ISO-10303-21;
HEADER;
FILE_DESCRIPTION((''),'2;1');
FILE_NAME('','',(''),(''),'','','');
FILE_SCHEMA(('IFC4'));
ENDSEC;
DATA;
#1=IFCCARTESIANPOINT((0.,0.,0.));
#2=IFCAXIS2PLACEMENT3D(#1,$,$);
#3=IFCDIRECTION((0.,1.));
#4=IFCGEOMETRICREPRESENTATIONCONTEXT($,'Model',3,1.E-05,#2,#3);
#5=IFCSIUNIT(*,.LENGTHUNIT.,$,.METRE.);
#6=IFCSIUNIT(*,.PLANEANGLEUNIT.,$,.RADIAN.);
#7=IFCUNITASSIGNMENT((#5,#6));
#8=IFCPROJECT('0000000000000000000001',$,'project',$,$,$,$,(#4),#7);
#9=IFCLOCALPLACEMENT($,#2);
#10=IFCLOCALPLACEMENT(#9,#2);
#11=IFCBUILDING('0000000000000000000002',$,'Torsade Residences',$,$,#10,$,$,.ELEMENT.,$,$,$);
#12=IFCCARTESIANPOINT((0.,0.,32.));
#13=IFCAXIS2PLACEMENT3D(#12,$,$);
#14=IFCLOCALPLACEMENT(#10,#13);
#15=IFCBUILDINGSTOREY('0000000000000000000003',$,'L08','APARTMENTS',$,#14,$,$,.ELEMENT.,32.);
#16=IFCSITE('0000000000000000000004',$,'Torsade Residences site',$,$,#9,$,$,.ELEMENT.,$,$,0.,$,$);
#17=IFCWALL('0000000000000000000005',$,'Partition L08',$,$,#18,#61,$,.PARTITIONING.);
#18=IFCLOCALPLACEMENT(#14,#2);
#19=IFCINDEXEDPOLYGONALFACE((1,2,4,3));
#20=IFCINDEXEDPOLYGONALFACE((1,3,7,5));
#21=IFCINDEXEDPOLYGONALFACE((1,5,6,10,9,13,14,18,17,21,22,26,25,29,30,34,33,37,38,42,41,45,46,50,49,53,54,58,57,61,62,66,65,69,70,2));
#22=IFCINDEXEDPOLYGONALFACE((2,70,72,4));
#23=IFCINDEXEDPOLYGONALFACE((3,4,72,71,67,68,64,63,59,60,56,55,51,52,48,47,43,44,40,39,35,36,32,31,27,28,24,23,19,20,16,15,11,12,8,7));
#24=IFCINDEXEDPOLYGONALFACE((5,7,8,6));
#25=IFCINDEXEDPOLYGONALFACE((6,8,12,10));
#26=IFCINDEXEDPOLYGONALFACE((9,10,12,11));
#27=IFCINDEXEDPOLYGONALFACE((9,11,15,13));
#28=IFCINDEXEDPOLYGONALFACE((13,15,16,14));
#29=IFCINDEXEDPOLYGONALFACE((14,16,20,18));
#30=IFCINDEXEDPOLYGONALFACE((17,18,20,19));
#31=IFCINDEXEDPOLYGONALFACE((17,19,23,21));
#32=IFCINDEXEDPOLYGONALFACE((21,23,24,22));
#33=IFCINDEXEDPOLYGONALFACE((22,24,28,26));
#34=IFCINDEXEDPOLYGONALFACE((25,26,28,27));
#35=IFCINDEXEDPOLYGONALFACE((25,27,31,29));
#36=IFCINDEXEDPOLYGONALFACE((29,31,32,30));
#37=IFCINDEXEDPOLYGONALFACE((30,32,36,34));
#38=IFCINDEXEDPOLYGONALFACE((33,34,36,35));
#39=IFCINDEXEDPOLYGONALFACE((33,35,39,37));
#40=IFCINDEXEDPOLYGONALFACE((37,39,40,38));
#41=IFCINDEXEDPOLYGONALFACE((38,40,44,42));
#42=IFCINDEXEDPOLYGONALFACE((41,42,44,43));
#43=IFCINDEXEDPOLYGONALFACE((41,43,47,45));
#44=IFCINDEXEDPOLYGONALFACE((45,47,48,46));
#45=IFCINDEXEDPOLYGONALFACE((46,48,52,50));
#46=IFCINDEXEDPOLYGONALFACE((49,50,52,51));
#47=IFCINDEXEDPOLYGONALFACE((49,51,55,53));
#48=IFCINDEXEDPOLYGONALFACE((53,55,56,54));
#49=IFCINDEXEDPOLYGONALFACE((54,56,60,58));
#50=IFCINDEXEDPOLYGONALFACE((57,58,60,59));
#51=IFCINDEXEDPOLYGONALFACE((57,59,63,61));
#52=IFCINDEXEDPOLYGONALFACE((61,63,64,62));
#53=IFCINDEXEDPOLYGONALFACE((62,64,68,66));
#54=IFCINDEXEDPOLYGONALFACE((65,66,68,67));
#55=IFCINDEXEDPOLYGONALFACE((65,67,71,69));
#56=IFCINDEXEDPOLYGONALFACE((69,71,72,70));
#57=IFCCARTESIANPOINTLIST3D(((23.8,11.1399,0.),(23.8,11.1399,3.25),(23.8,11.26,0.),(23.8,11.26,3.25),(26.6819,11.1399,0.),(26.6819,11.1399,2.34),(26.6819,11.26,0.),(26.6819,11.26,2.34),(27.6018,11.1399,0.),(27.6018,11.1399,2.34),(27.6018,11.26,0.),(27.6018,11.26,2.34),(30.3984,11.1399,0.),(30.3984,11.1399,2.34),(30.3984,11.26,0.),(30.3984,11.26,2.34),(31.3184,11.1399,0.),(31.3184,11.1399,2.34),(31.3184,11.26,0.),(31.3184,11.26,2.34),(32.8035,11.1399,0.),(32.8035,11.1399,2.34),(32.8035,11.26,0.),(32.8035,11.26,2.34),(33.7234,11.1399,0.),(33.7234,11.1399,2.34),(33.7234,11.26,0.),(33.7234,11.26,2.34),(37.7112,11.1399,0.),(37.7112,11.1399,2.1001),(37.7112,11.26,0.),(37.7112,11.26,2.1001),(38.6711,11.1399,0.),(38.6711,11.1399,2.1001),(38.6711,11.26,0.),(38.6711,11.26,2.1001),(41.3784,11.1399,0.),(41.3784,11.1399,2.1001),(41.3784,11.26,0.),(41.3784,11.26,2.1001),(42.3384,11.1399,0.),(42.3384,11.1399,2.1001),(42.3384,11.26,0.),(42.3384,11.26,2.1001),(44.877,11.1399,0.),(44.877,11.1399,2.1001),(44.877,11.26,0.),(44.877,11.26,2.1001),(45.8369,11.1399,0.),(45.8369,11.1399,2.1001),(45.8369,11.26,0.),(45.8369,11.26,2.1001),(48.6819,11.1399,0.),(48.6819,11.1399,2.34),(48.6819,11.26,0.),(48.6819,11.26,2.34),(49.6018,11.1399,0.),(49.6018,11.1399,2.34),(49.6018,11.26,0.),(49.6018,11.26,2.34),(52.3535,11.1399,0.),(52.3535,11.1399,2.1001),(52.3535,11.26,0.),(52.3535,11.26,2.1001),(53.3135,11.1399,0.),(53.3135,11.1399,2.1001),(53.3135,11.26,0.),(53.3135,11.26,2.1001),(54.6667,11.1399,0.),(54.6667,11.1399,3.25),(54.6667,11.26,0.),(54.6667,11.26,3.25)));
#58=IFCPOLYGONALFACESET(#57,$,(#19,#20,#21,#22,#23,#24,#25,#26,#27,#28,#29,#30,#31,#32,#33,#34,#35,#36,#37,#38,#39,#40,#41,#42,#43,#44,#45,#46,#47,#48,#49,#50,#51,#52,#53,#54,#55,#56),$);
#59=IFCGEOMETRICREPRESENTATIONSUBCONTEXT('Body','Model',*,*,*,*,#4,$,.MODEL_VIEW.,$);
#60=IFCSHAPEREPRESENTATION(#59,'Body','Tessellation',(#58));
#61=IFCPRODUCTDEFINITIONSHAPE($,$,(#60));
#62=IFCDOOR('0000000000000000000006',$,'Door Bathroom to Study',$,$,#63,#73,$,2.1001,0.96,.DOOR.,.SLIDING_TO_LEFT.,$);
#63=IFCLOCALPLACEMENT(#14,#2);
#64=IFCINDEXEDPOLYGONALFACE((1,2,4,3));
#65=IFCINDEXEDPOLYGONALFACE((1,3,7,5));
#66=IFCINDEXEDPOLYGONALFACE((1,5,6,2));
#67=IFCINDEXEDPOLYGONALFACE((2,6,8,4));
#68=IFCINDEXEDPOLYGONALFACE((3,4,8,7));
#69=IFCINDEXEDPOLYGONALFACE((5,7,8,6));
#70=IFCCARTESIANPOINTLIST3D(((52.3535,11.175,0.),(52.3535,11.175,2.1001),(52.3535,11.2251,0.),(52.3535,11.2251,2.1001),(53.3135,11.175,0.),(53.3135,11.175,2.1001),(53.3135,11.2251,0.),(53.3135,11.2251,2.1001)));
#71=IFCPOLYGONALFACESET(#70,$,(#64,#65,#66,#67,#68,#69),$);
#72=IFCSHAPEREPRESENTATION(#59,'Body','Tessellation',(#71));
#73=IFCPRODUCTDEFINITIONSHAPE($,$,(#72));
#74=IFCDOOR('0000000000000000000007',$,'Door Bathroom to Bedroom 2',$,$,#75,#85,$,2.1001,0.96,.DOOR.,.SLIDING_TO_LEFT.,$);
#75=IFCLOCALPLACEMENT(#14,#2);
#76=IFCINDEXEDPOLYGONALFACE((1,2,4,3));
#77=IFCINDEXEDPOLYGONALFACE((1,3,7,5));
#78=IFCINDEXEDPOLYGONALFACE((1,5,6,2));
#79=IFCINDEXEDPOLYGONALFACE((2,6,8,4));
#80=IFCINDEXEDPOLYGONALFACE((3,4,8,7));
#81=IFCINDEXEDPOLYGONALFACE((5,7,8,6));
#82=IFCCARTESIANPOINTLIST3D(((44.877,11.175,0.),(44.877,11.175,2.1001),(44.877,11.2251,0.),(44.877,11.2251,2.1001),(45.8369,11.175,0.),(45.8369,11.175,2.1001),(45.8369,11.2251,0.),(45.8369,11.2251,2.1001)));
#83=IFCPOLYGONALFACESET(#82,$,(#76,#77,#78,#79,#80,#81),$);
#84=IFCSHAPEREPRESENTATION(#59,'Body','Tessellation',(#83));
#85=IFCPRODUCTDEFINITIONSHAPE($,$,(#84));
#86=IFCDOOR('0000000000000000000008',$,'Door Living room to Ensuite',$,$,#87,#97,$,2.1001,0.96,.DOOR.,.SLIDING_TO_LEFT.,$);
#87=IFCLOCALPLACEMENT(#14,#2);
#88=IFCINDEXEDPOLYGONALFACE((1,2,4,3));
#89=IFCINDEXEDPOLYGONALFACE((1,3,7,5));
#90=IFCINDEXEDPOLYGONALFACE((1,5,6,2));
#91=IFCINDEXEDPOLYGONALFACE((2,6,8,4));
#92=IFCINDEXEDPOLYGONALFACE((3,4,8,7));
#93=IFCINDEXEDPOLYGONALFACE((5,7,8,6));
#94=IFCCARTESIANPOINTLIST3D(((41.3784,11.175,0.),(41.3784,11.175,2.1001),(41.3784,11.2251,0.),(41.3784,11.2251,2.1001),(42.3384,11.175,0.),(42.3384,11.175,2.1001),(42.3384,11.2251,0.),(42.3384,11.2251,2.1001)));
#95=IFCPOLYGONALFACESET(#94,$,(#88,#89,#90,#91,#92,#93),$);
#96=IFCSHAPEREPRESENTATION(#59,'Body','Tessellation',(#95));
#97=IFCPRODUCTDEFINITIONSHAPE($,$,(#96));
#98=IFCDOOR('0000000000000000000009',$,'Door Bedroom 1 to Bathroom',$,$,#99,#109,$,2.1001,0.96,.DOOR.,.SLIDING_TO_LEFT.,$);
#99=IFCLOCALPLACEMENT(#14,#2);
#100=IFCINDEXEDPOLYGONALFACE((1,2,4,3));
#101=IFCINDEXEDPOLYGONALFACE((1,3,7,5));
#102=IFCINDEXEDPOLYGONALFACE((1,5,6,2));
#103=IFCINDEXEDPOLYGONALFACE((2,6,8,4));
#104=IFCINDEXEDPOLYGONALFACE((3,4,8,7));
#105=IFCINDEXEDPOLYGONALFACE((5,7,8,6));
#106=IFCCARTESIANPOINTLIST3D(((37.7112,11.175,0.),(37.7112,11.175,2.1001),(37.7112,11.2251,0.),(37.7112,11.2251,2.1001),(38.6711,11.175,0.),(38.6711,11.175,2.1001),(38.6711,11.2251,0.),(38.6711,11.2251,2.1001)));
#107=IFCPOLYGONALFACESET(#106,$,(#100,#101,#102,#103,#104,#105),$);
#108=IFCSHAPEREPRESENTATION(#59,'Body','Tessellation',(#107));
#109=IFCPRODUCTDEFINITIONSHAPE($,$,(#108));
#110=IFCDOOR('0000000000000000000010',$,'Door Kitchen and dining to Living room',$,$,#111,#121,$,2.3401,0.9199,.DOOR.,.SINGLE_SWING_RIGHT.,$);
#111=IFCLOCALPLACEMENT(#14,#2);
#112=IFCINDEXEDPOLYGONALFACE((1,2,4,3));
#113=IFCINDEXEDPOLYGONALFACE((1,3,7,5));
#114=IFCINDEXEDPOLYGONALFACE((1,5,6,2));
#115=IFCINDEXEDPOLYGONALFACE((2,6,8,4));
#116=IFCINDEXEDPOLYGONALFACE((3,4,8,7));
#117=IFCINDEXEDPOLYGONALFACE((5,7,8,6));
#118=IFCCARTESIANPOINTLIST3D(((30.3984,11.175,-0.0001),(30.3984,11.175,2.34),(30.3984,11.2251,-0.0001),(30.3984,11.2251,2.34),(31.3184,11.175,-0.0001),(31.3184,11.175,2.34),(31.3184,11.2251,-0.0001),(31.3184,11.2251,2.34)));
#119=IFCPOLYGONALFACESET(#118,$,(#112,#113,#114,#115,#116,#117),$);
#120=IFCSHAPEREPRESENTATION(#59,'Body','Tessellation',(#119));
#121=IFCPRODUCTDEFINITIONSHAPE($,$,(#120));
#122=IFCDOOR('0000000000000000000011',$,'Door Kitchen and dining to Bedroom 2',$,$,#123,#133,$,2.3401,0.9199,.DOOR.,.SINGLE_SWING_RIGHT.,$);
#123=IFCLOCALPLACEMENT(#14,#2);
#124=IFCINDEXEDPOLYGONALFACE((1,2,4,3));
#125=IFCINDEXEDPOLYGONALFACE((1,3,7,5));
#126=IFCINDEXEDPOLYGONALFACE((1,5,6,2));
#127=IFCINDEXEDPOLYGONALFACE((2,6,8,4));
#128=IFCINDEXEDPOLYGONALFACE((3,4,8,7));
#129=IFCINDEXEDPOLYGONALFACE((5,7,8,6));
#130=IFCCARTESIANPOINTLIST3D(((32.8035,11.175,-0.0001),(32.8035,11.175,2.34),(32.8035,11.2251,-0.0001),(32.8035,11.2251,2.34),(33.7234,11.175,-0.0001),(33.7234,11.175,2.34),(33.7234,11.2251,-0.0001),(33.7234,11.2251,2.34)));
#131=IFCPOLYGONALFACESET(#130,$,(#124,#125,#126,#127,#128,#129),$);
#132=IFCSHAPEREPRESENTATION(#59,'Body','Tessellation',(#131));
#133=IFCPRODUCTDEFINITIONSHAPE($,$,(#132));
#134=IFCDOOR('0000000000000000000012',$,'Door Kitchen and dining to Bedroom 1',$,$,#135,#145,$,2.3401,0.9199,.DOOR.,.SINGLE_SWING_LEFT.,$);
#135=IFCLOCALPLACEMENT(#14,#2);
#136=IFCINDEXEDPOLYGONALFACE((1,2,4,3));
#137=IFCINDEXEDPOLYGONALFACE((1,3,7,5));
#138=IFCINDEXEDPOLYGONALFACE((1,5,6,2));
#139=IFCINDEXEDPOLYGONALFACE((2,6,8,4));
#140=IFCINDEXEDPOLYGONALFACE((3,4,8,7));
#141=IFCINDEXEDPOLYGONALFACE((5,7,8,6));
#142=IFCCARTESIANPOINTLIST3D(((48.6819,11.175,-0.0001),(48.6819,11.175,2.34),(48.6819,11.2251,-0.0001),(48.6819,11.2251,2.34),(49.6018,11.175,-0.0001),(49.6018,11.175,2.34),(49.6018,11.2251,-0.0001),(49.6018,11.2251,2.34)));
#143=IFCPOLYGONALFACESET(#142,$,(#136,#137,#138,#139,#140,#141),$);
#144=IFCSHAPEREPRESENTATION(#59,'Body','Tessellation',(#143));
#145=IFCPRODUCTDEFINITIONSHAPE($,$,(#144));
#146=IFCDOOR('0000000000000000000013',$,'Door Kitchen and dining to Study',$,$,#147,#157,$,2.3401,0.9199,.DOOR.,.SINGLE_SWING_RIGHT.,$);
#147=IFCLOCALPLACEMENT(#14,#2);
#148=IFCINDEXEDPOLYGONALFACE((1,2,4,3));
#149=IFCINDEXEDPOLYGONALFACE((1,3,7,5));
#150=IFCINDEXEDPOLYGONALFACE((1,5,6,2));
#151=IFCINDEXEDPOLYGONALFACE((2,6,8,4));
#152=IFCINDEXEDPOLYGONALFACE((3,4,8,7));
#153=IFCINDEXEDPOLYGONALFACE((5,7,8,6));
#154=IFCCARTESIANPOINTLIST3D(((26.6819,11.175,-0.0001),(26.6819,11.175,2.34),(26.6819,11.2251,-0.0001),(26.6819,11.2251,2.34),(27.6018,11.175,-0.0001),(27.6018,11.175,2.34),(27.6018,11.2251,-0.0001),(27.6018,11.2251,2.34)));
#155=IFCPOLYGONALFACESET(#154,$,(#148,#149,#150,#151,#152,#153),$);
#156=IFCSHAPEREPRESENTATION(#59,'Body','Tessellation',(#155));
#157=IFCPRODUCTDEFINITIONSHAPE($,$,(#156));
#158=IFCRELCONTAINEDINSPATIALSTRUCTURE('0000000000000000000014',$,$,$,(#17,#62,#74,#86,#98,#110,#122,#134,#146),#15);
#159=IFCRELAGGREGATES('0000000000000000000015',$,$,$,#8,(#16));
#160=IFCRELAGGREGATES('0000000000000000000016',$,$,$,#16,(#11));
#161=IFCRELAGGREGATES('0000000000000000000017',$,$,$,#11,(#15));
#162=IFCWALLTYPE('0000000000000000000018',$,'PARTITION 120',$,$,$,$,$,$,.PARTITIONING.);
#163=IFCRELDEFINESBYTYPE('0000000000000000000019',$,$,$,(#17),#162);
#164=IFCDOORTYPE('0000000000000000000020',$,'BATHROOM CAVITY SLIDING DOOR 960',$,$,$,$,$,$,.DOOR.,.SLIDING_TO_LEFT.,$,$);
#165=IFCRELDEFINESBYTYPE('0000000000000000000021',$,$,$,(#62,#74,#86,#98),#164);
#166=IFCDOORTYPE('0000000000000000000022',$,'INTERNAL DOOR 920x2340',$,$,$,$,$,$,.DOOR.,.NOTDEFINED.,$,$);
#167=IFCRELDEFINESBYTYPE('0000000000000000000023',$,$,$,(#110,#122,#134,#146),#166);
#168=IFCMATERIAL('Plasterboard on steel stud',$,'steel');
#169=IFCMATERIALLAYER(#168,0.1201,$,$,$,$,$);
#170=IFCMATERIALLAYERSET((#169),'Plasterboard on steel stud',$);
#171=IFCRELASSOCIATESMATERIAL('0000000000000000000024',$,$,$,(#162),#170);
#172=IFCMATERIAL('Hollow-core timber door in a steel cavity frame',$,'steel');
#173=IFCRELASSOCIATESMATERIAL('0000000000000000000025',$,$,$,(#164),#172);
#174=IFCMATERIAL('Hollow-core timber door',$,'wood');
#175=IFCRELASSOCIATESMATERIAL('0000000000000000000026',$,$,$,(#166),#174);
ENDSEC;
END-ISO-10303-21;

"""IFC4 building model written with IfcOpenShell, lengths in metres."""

from ifc_helpers import new_model, si_unit, direction, frame, frame_2d, origin, place, context, subcontext, project, spatial, rectangle, extrude, material, layer, layer_set, type_object, element, fill, save


model = new_model("IFC4")

# Units and contexts
model_context = context("Model", 3, precision=1e-05, world=origin(), true_north=direction((0.0, 1.0)))
body_context = subcontext(model_context, "Body", "Model", "MODEL_VIEW")
ifc_project = project(units=[si_unit("LENGTHUNIT", "METRE"), si_unit("PLANEANGLEUNIT", "RADIAN")], contexts=[model_context])

# Site, building, storey
site_placement = place(None, origin())
site = spatial("IfcSite", under=ifc_project, at=site_placement, Name="Torsade Residences site", CompositionType="ELEMENT", RefElevation=0.0)
building_placement = place(site_placement, origin())
building = spatial("IfcBuilding", under=site, at=building_placement, Name="Torsade Residences", CompositionType="ELEMENT")
storey_placement = place(building_placement, frame((0.0, 0.0, 32.0)))
storey = spatial("IfcBuildingStorey", under=building, at=storey_placement, Name="L08", Description="APARTMENTS", CompositionType="ELEMENT", Elevation=32.0)

# Wall, openings, doors
ifc_material_1 = material(Name="Plasterboard on steel stud", Category="steel")
ifc_layer_1 = layer(ifc_material_1, 0.1201)
ifc_layer_set_1 = layer_set([ifc_layer_1], Name="Plasterboard on steel stud")
wall_type_1 = type_object("IfcWallType", Name="PARTITION 120", PredefinedType="PARTITIONING", material=ifc_layer_set_1)
wall_1_placement = place(storey_placement, frame((54.6667, 11.2, 0.0), z_axis=(0.0, 0.0, 1.0), x_axis=(-1.0, 0.0, 0.0)))
wall_1 = element("IfcWall", 1, at=wall_1_placement, inside=storey, type_object=wall_type_1, Name="Partition L08", PredefinedType="PARTITIONING", context=body_context, shape_type="SweptSolid", body=[
    extrude(rectangle(XDim=30.8667, YDim=0.1201, at=frame_2d((15.4333, 0.0))), origin(), (0.0, 0.0, 1.0), 3.25),
])
opening_1_placement = place(wall_1_placement, frame((23.3484, 0.0, 0.0)))
opening_1 = element("IfcOpeningElement", 2, at=opening_1_placement, cuts=wall_1, PredefinedType="OPENING", context=body_context, shape_type="SweptSolid", body=[
    extrude(rectangle(XDim=0.9199, YDim=2.3401, at=frame_2d((0.46, 1.1699))), frame((0.0, 0.0701, 0.0), z_axis=(0.0, -1.0, 0.0), x_axis=(1.0, 0.0, 0.0)), (0.0, 0.0, 1.0), 0.1401),
])
opening_2_placement = place(wall_1_placement, frame((20.9434, 0.0, 0.0)))
opening_2 = element("IfcOpeningElement", 3, at=opening_2_placement, cuts=wall_1, PredefinedType="OPENING", context=body_context, shape_type="SweptSolid", body=[
    extrude(rectangle(XDim=0.9199, YDim=2.3401, at=frame_2d((0.46, 1.1699))), frame((0.0, 0.0701, 0.0), z_axis=(0.0, -1.0, 0.0), x_axis=(1.0, 0.0, 0.0)), (0.0, 0.0, 1.0), 0.1401),
])
opening_3_placement = place(wall_1_placement, frame((5.0649, 0.0, 0.0)))
opening_3 = element("IfcOpeningElement", 4, at=opening_3_placement, cuts=wall_1, PredefinedType="OPENING", context=body_context, shape_type="SweptSolid", body=[
    extrude(rectangle(XDim=0.9199, YDim=2.3401, at=frame_2d((0.46, 1.1699))), frame((0.0, 0.0701, 0.0), z_axis=(0.0, -1.0, 0.0), x_axis=(1.0, 0.0, 0.0)), (0.0, 0.0, 1.0), 0.1401),
])
opening_4_placement = place(wall_1_placement, frame((27.0649, 0.0, 0.0)))
opening_4 = element("IfcOpeningElement", 5, at=opening_4_placement, cuts=wall_1, PredefinedType="OPENING", context=body_context, shape_type="SweptSolid", body=[
    extrude(rectangle(XDim=0.9199, YDim=2.3401, at=frame_2d((0.46, 1.1699))), frame((0.0, 0.0701, 0.0), z_axis=(0.0, -1.0, 0.0), x_axis=(1.0, 0.0, 0.0)), (0.0, 0.0, 1.0), 0.1401),
])
opening_5_placement = place(wall_1_placement, frame((1.3533, 0.0, 0.0)))
opening_5 = element("IfcOpeningElement", 6, at=opening_5_placement, cuts=wall_1, PredefinedType="OPENING", context=body_context, shape_type="SweptSolid", body=[
    extrude(rectangle(XDim=0.96, YDim=2.1001, at=frame_2d((0.48, 1.05))), frame((0.0, 0.0701, 0.0), z_axis=(0.0, -1.0, 0.0), x_axis=(1.0, 0.0, 0.0)), (0.0, 0.0, 1.0), 0.1401),
])
opening_6_placement = place(wall_1_placement, frame((8.8298, 0.0, 0.0)))
opening_6 = element("IfcOpeningElement", 7, at=opening_6_placement, cuts=wall_1, PredefinedType="OPENING", context=body_context, shape_type="SweptSolid", body=[
    extrude(rectangle(XDim=0.96, YDim=2.1001, at=frame_2d((0.48, 1.05))), frame((0.0, 0.0701, 0.0), z_axis=(0.0, -1.0, 0.0), x_axis=(1.0, 0.0, 0.0)), (0.0, 0.0, 1.0), 0.1401),
])
opening_7_placement = place(wall_1_placement, frame((12.3284, 0.0, 0.0)))
opening_7 = element("IfcOpeningElement", 8, at=opening_7_placement, cuts=wall_1, PredefinedType="OPENING", context=body_context, shape_type="SweptSolid", body=[
    extrude(rectangle(XDim=0.96, YDim=2.1001, at=frame_2d((0.48, 1.05))), frame((0.0, 0.0701, 0.0), z_axis=(0.0, -1.0, 0.0), x_axis=(1.0, 0.0, 0.0)), (0.0, 0.0, 1.0), 0.1401),
])
opening_8_placement = place(wall_1_placement, frame((15.9956, 0.0, 0.0)))
opening_8 = element("IfcOpeningElement", 9, at=opening_8_placement, cuts=wall_1, PredefinedType="OPENING", context=body_context, shape_type="SweptSolid", body=[
    extrude(rectangle(XDim=0.96, YDim=2.1001, at=frame_2d((0.48, 1.05))), frame((0.0, 0.0701, 0.0), z_axis=(0.0, -1.0, 0.0), x_axis=(1.0, 0.0, 0.0)), (0.0, 0.0, 1.0), 0.1401),
])
ifc_material_2 = material(Name="Hollow-core timber door in a steel cavity frame", Category="steel")
door_type_1 = type_object("IfcDoorType", Name="BATHROOM CAVITY SLIDING DOOR 960", OperationType="SLIDING_TO_LEFT", PredefinedType="DOOR", material=ifc_material_2)
door_1_placement = place(opening_5_placement, origin())
door_1 = element("IfcDoor", 10, at=door_1_placement, inside=storey, type_object=door_type_1, Name="Door Bathroom to Study", OperationType="SLIDING_TO_LEFT", OverallHeight=2.1001, OverallWidth=0.96, PredefinedType="DOOR", context=body_context, shape_type="SweptSolid", body=[
    extrude(rectangle(XDim=0.96, YDim=2.1001, at=frame_2d((0.48, 1.05))), frame((0.0, 0.0249, 0.0), z_axis=(0.0, -1.0, 0.0), x_axis=(1.0, 0.0, 0.0)), (0.0, 0.0, 1.0), 0.05),
])
fill(opening_5, door_1)
door_2_placement = place(opening_6_placement, origin())
door_2 = element("IfcDoor", 11, at=door_2_placement, inside=storey, type_object=door_type_1, Name="Door Bathroom to Bedroom 2", OperationType="SLIDING_TO_LEFT", OverallHeight=2.1001, OverallWidth=0.96, PredefinedType="DOOR", context=body_context, shape_type="SweptSolid", body=[
    extrude(rectangle(XDim=0.96, YDim=2.1001, at=frame_2d((0.48, 1.05))), frame((0.0, 0.0249, 0.0), z_axis=(0.0, -1.0, 0.0), x_axis=(1.0, 0.0, 0.0)), (0.0, 0.0, 1.0), 0.05),
])
fill(opening_6, door_2)
door_3_placement = place(opening_7_placement, origin())
door_3 = element("IfcDoor", 12, at=door_3_placement, inside=storey, type_object=door_type_1, Name="Door Living room to Ensuite", OperationType="SLIDING_TO_LEFT", OverallHeight=2.1001, OverallWidth=0.96, PredefinedType="DOOR", context=body_context, shape_type="SweptSolid", body=[
    extrude(rectangle(XDim=0.96, YDim=2.1001, at=frame_2d((0.48, 1.05))), frame((0.0, 0.0249, 0.0), z_axis=(0.0, -1.0, 0.0), x_axis=(1.0, 0.0, 0.0)), (0.0, 0.0, 1.0), 0.05),
])
fill(opening_7, door_3)
door_4_placement = place(opening_8_placement, origin())
door_4 = element("IfcDoor", 13, at=door_4_placement, inside=storey, type_object=door_type_1, Name="Door Bedroom 1 to Bathroom", OperationType="SLIDING_TO_LEFT", OverallHeight=2.1001, OverallWidth=0.96, PredefinedType="DOOR", context=body_context, shape_type="SweptSolid", body=[
    extrude(rectangle(XDim=0.96, YDim=2.1001, at=frame_2d((0.48, 1.05))), frame((0.0, 0.0249, 0.0), z_axis=(0.0, -1.0, 0.0), x_axis=(1.0, 0.0, 0.0)), (0.0, 0.0, 1.0), 0.05),
])
fill(opening_8, door_4)
ifc_material_3 = material(Name="Hollow-core timber door", Category="wood")
door_type_2 = type_object("IfcDoorType", Name="INTERNAL DOOR 920x2340", OperationType="NOTDEFINED", PredefinedType="DOOR", material=ifc_material_3)
door_5_placement = place(opening_1_placement, origin())
door_5 = element("IfcDoor", 14, at=door_5_placement, inside=storey, type_object=door_type_2, Name="Door Kitchen and dining to Living room", OperationType="SINGLE_SWING_RIGHT", OverallHeight=2.3401, OverallWidth=0.9199, PredefinedType="DOOR", context=body_context, shape_type="SweptSolid", body=[
    extrude(rectangle(XDim=0.9199, YDim=2.3401, at=frame_2d((0.46, 1.1699))), frame((0.0, 0.0249, 0.0), z_axis=(0.0, -1.0, 0.0), x_axis=(1.0, 0.0, 0.0)), (0.0, 0.0, 1.0), 0.05),
])
fill(opening_1, door_5)
door_6_placement = place(opening_2_placement, origin())
door_6 = element("IfcDoor", 15, at=door_6_placement, inside=storey, type_object=door_type_2, Name="Door Kitchen and dining to Bedroom 2", OperationType="SINGLE_SWING_RIGHT", OverallHeight=2.3401, OverallWidth=0.9199, PredefinedType="DOOR", context=body_context, shape_type="SweptSolid", body=[
    extrude(rectangle(XDim=0.9199, YDim=2.3401, at=frame_2d((0.46, 1.1699))), frame((0.0, 0.0249, 0.0), z_axis=(0.0, -1.0, 0.0), x_axis=(1.0, 0.0, 0.0)), (0.0, 0.0, 1.0), 0.05),
])
fill(opening_2, door_6)
door_7_placement = place(opening_3_placement, origin())
door_7 = element("IfcDoor", 16, at=door_7_placement, inside=storey, type_object=door_type_2, Name="Door Kitchen and dining to Bedroom 1", OperationType="SINGLE_SWING_LEFT", OverallHeight=2.3401, OverallWidth=0.9199, PredefinedType="DOOR", context=body_context, shape_type="SweptSolid", body=[
    extrude(rectangle(XDim=0.9199, YDim=2.3401, at=frame_2d((0.46, 1.1699))), frame((0.0, 0.0249, 0.0), z_axis=(0.0, -1.0, 0.0), x_axis=(1.0, 0.0, 0.0)), (0.0, 0.0, 1.0), 0.05),
])
fill(opening_3, door_7)
door_8_placement = place(opening_4_placement, origin())
door_8 = element("IfcDoor", 17, at=door_8_placement, inside=storey, type_object=door_type_2, Name="Door Kitchen and dining to Study", OperationType="SINGLE_SWING_RIGHT", OverallHeight=2.3401, OverallWidth=0.9199, PredefinedType="DOOR", context=body_context, shape_type="SweptSolid", body=[
    extrude(rectangle(XDim=0.9199, YDim=2.3401, at=frame_2d((0.46, 1.1699))), frame((0.0, 0.0249, 0.0), z_axis=(0.0, -1.0, 0.0), x_axis=(1.0, 0.0, 0.0)), (0.0, 0.0, 1.0), 0.05),
])
fill(opening_4, door_8)

save(model, "model.ifc")
